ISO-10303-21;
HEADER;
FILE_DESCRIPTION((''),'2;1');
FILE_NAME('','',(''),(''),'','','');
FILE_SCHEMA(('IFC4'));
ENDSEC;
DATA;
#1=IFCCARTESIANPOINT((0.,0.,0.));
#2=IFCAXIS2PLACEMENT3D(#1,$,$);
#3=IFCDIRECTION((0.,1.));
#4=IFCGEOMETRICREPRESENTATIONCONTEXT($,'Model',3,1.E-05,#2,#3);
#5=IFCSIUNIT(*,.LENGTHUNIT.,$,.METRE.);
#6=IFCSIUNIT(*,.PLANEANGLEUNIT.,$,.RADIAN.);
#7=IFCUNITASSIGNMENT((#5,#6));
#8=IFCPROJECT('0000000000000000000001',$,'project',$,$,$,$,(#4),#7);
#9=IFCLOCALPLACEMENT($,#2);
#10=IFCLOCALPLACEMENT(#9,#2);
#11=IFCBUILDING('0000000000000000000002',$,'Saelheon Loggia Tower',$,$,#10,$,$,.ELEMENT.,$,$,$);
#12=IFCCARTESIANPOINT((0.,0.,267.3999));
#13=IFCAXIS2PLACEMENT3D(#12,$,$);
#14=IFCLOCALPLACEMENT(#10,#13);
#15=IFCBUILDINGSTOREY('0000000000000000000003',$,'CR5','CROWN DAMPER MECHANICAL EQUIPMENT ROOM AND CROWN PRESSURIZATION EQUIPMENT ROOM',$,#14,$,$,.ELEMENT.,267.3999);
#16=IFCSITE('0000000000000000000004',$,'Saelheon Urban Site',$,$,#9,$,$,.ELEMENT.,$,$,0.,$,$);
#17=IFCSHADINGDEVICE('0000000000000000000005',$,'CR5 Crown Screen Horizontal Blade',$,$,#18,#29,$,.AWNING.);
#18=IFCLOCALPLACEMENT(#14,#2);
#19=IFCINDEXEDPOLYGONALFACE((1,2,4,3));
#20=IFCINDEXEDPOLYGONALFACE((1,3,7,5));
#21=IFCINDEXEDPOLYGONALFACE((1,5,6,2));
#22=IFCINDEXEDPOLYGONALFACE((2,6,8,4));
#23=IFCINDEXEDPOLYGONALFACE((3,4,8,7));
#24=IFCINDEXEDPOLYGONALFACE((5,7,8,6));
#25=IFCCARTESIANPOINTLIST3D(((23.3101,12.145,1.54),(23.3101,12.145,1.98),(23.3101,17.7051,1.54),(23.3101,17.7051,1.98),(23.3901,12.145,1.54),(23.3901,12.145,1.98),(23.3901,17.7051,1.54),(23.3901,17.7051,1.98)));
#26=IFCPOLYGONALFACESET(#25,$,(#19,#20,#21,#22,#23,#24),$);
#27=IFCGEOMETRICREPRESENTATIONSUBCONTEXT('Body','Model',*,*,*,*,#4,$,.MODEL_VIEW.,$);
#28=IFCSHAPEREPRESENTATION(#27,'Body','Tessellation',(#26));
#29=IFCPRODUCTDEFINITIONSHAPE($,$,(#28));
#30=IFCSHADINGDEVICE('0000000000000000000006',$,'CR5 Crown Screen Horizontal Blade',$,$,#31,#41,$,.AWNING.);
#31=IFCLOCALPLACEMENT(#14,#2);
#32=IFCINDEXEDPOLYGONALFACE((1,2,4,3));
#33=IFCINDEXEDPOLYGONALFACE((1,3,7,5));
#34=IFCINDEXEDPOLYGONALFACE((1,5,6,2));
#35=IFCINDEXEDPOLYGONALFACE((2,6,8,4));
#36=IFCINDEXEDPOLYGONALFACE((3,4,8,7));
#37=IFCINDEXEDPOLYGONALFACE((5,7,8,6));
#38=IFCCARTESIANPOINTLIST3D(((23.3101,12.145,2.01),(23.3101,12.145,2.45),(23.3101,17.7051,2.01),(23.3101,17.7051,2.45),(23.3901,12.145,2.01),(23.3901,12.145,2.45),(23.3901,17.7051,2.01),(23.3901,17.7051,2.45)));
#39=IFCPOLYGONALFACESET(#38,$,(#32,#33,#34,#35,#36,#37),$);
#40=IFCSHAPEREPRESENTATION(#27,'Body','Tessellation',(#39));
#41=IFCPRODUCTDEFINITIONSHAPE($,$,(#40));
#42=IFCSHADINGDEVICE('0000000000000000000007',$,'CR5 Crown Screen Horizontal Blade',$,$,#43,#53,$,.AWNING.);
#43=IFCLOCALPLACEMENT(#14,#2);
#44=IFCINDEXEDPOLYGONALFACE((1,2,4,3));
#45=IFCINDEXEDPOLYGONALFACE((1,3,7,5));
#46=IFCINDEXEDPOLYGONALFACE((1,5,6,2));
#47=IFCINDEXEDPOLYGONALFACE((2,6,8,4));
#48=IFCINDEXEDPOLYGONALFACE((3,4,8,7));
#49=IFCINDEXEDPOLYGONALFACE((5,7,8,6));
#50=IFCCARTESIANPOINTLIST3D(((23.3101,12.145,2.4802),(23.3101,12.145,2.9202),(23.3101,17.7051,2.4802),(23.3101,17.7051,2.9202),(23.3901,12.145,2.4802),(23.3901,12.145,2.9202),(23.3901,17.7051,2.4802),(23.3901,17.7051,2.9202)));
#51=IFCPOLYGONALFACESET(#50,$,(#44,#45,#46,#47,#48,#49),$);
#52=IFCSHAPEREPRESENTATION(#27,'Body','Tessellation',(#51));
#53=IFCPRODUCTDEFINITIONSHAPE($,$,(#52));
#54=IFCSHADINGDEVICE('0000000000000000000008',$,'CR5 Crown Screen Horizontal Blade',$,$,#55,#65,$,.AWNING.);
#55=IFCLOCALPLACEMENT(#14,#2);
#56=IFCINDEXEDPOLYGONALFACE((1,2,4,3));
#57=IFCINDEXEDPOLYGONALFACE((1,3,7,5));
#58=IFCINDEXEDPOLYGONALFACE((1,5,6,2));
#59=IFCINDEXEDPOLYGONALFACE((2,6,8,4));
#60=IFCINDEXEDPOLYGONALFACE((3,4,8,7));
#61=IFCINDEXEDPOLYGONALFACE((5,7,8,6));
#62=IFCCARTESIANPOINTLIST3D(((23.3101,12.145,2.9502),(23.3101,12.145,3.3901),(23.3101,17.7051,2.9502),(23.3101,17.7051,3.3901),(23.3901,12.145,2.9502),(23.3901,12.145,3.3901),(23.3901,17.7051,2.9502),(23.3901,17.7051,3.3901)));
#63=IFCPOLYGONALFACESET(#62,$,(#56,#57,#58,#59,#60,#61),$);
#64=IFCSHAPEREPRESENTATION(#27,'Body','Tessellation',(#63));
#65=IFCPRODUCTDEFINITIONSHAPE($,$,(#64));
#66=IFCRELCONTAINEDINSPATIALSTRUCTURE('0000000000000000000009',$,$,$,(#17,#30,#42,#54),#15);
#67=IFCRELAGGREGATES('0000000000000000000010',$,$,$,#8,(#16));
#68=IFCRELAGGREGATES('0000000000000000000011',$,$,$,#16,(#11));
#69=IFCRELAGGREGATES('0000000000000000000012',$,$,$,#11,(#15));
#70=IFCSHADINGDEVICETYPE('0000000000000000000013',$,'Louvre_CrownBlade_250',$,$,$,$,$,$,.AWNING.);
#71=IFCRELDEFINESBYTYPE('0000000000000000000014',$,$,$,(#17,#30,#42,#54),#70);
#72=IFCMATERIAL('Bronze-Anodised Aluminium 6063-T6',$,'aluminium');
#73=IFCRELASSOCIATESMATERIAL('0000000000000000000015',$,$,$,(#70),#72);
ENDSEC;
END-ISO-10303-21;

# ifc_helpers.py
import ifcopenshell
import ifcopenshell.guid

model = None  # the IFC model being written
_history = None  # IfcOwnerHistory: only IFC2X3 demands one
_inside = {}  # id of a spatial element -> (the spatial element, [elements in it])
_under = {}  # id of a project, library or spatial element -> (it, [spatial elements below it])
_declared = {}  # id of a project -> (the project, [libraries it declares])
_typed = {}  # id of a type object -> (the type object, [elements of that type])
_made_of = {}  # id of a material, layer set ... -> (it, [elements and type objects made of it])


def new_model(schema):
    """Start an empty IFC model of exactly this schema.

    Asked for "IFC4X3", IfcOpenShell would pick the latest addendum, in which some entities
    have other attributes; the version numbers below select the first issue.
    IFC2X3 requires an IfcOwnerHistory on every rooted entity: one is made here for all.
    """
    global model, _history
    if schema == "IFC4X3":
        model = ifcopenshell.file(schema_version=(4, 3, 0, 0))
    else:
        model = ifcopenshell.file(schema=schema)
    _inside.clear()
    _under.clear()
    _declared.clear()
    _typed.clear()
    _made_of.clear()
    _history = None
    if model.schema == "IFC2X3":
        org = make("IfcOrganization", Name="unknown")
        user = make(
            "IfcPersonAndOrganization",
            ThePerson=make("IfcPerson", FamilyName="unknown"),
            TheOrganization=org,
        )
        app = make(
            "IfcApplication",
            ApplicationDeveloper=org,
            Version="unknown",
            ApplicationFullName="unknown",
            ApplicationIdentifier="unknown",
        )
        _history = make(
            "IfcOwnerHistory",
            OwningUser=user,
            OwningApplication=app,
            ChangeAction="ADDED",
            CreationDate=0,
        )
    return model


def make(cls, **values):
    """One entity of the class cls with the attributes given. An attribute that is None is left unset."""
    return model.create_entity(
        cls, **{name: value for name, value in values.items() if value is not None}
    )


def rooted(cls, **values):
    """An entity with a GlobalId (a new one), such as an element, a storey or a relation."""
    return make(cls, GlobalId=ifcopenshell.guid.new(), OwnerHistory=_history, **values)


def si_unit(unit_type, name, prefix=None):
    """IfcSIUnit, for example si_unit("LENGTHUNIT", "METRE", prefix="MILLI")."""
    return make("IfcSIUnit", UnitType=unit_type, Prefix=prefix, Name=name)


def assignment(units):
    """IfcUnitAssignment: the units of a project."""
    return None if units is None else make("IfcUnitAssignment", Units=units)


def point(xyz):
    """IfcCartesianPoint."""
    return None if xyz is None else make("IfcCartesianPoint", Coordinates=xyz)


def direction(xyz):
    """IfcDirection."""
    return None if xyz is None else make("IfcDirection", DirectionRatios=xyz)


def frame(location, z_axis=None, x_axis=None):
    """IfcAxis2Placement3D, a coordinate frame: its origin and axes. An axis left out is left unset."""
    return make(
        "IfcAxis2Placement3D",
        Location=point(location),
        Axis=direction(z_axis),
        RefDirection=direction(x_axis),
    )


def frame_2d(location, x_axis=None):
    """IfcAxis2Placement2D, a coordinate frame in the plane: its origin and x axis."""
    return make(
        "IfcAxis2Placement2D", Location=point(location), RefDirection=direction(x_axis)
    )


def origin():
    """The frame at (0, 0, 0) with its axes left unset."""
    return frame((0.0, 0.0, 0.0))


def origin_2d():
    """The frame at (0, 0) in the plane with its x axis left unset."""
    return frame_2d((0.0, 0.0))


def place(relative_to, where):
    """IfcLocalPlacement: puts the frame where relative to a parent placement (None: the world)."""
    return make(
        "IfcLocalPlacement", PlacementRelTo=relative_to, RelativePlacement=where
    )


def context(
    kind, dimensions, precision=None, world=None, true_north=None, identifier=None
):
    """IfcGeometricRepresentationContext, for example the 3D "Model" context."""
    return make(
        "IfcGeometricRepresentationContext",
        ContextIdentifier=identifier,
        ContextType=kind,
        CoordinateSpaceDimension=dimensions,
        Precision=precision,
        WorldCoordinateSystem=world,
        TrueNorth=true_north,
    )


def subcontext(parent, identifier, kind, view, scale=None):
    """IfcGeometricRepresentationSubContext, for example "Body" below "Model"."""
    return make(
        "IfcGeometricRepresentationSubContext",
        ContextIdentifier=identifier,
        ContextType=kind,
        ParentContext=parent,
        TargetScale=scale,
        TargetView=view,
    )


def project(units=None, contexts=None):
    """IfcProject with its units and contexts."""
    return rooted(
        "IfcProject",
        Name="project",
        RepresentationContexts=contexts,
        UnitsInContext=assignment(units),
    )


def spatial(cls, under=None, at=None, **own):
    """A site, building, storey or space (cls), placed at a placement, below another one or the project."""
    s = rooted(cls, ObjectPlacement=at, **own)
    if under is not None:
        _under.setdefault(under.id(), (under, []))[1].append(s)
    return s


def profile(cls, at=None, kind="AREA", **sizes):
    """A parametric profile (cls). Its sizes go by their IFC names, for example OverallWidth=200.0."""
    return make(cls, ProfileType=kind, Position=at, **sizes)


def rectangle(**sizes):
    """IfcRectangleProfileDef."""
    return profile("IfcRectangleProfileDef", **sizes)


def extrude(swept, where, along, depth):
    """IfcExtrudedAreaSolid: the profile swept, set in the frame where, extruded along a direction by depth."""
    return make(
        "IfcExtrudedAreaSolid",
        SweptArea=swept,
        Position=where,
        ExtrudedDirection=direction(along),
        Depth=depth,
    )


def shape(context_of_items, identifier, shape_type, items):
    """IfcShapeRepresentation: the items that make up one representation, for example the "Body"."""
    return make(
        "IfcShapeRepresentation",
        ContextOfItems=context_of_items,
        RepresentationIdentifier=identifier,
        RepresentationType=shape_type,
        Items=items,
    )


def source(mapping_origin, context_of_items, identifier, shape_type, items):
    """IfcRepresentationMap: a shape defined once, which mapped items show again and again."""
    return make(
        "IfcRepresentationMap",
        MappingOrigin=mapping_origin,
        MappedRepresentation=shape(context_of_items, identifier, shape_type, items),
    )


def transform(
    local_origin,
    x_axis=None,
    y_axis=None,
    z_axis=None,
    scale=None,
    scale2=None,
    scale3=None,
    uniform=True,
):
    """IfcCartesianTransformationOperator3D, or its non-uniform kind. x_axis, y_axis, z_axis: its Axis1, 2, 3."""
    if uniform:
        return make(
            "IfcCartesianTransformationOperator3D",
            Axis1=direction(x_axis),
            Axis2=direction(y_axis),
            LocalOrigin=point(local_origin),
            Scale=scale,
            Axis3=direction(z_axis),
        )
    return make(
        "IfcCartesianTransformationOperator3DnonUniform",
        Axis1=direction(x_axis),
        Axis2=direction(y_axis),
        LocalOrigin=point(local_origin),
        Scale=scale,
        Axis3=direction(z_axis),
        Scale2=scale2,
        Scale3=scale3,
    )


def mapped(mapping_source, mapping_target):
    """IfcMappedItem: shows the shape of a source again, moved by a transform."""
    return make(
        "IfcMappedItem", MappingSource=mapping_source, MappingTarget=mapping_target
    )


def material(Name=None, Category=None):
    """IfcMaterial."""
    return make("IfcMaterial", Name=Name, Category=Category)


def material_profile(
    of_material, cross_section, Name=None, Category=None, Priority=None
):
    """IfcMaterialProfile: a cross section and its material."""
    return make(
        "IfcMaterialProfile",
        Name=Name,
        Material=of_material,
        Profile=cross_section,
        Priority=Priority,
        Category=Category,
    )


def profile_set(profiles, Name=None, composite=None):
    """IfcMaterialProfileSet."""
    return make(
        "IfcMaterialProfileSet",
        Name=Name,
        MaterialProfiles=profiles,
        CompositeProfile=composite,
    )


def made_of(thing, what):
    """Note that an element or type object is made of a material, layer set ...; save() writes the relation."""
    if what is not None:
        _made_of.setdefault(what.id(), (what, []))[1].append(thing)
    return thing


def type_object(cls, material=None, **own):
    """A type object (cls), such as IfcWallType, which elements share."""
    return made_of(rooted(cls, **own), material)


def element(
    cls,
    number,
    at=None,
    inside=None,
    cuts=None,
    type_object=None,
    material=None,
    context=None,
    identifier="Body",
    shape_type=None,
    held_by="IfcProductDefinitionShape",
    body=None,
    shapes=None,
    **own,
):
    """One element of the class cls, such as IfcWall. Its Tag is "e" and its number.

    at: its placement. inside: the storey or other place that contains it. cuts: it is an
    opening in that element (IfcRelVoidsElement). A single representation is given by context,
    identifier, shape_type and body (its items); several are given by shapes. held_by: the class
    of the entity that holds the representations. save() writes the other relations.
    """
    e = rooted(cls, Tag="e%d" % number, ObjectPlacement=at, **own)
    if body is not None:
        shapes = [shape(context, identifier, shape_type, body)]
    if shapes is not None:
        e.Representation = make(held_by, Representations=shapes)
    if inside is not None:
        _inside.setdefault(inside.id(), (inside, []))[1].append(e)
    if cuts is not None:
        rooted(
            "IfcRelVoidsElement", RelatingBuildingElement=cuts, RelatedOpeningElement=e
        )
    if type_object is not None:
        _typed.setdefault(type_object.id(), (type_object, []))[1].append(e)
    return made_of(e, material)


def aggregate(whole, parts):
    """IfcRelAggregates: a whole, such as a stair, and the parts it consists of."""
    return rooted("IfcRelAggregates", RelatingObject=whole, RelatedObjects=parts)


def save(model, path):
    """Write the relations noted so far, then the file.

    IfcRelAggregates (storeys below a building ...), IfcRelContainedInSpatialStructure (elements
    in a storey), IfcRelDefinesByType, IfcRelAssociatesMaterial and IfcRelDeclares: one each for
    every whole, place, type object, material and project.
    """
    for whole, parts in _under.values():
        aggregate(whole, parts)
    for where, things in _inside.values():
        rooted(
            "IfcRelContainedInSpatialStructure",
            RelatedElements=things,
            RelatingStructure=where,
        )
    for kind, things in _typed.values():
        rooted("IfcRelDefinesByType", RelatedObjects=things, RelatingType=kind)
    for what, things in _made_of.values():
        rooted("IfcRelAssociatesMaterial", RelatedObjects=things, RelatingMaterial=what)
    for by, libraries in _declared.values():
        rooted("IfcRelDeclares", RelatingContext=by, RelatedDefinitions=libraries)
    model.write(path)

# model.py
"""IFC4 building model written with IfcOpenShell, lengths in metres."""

from ifc_helpers import new_model, si_unit, direction, frame, origin, origin_2d, place, context, subcontext, project, spatial, rectangle, extrude, source, transform, mapped, material, material_profile, profile_set, type_object, element, save


model = new_model("IFC4")

# Units and contexts
model_context = context("Model", 3, precision=1e-05, world=origin(), true_north=direction((0.0, 1.0)))
body_context = subcontext(model_context, "Body", "Model", "MODEL_VIEW")
ifc_project = project(units=[si_unit("LENGTHUNIT", "METRE"), si_unit("PLANEANGLEUNIT", "RADIAN")], contexts=[model_context])

# Site, building, storey
site_placement = place(None, origin())
site = spatial("IfcSite", under=ifc_project, at=site_placement, Name="Saelheon Urban Site", CompositionType="ELEMENT", RefElevation=0.0)
building_placement = place(site_placement, origin())
building = spatial("IfcBuilding", under=site, at=building_placement, Name="Saelheon Loggia Tower", CompositionType="ELEMENT")
storey_placement = place(building_placement, frame((0.0, 0.0, 267.3999)))
storey = spatial("IfcBuildingStorey", under=building, at=storey_placement, Name="CR5", Description="CROWN DAMPER MECHANICAL EQUIPMENT ROOM AND CROWN PRESSURIZATION EQUIPMENT ROOM", CompositionType="ELEMENT", Elevation=267.3999)

# Shared definitions
ifc_material_1 = material(Name="Bronze-Anodised Aluminium 6063-T6", Category="aluminium")

# Shading devices
ifc_material_profile_1 = material_profile(ifc_material_1, rectangle(XDim=0.0801, YDim=0.4399, at=origin_2d()), Name="Louvre_CrownBlade_250")
ifc_profile_set_1 = profile_set([ifc_material_profile_1], Name="Bronze-Anodised Aluminium 6063-T6")
shading_device_type = type_object("IfcShadingDeviceType", Name="Louvre_CrownBlade_250", PredefinedType="AWNING", material=ifc_profile_set_1)
shared_shape_1 = source(origin(), body_context, "Body", "SweptSolid", [
    extrude(rectangle(XDim=0.0801, YDim=0.4399, at=origin_2d()), origin(), (0.0, 0.0, 1.0), 5.5601),
])
for number, where, z_axis, x_axis, name in (
    (1, (23.3501, 17.7051, 1.76), (0.0, -1.0, 0.0), (1.0, 0.0, 0.0), "CR5 Crown Screen Horizontal Blade"),
    (2, (23.3501, 17.7051, 2.23), (0.0, -1.0, 0.0), (1.0, 0.0, 0.0), "CR5 Crown Screen Horizontal Blade"),
    (3, (23.3501, 17.7051, 2.7002), (0.0, -1.0, 0.0), (1.0, 0.0, 0.0), "CR5 Crown Screen Horizontal Blade"),
    (4, (23.3501, 17.7051, 3.1702), (0.0, -1.0, 0.0), (1.0, 0.0, 0.0), "CR5 Crown Screen Horizontal Blade"),
):
    element("IfcShadingDevice", number, at=place(storey_placement, frame(where, z_axis=z_axis, x_axis=x_axis)), inside=storey, type_object=shading_device_type, Name=name, PredefinedType="AWNING", context=body_context, shape_type="MappedRepresentation", body=[
        mapped(shared_shape_1, transform((0.0, 0.0, 0.0), scale=1.0)),
    ])

save(model, "model.ifc")
